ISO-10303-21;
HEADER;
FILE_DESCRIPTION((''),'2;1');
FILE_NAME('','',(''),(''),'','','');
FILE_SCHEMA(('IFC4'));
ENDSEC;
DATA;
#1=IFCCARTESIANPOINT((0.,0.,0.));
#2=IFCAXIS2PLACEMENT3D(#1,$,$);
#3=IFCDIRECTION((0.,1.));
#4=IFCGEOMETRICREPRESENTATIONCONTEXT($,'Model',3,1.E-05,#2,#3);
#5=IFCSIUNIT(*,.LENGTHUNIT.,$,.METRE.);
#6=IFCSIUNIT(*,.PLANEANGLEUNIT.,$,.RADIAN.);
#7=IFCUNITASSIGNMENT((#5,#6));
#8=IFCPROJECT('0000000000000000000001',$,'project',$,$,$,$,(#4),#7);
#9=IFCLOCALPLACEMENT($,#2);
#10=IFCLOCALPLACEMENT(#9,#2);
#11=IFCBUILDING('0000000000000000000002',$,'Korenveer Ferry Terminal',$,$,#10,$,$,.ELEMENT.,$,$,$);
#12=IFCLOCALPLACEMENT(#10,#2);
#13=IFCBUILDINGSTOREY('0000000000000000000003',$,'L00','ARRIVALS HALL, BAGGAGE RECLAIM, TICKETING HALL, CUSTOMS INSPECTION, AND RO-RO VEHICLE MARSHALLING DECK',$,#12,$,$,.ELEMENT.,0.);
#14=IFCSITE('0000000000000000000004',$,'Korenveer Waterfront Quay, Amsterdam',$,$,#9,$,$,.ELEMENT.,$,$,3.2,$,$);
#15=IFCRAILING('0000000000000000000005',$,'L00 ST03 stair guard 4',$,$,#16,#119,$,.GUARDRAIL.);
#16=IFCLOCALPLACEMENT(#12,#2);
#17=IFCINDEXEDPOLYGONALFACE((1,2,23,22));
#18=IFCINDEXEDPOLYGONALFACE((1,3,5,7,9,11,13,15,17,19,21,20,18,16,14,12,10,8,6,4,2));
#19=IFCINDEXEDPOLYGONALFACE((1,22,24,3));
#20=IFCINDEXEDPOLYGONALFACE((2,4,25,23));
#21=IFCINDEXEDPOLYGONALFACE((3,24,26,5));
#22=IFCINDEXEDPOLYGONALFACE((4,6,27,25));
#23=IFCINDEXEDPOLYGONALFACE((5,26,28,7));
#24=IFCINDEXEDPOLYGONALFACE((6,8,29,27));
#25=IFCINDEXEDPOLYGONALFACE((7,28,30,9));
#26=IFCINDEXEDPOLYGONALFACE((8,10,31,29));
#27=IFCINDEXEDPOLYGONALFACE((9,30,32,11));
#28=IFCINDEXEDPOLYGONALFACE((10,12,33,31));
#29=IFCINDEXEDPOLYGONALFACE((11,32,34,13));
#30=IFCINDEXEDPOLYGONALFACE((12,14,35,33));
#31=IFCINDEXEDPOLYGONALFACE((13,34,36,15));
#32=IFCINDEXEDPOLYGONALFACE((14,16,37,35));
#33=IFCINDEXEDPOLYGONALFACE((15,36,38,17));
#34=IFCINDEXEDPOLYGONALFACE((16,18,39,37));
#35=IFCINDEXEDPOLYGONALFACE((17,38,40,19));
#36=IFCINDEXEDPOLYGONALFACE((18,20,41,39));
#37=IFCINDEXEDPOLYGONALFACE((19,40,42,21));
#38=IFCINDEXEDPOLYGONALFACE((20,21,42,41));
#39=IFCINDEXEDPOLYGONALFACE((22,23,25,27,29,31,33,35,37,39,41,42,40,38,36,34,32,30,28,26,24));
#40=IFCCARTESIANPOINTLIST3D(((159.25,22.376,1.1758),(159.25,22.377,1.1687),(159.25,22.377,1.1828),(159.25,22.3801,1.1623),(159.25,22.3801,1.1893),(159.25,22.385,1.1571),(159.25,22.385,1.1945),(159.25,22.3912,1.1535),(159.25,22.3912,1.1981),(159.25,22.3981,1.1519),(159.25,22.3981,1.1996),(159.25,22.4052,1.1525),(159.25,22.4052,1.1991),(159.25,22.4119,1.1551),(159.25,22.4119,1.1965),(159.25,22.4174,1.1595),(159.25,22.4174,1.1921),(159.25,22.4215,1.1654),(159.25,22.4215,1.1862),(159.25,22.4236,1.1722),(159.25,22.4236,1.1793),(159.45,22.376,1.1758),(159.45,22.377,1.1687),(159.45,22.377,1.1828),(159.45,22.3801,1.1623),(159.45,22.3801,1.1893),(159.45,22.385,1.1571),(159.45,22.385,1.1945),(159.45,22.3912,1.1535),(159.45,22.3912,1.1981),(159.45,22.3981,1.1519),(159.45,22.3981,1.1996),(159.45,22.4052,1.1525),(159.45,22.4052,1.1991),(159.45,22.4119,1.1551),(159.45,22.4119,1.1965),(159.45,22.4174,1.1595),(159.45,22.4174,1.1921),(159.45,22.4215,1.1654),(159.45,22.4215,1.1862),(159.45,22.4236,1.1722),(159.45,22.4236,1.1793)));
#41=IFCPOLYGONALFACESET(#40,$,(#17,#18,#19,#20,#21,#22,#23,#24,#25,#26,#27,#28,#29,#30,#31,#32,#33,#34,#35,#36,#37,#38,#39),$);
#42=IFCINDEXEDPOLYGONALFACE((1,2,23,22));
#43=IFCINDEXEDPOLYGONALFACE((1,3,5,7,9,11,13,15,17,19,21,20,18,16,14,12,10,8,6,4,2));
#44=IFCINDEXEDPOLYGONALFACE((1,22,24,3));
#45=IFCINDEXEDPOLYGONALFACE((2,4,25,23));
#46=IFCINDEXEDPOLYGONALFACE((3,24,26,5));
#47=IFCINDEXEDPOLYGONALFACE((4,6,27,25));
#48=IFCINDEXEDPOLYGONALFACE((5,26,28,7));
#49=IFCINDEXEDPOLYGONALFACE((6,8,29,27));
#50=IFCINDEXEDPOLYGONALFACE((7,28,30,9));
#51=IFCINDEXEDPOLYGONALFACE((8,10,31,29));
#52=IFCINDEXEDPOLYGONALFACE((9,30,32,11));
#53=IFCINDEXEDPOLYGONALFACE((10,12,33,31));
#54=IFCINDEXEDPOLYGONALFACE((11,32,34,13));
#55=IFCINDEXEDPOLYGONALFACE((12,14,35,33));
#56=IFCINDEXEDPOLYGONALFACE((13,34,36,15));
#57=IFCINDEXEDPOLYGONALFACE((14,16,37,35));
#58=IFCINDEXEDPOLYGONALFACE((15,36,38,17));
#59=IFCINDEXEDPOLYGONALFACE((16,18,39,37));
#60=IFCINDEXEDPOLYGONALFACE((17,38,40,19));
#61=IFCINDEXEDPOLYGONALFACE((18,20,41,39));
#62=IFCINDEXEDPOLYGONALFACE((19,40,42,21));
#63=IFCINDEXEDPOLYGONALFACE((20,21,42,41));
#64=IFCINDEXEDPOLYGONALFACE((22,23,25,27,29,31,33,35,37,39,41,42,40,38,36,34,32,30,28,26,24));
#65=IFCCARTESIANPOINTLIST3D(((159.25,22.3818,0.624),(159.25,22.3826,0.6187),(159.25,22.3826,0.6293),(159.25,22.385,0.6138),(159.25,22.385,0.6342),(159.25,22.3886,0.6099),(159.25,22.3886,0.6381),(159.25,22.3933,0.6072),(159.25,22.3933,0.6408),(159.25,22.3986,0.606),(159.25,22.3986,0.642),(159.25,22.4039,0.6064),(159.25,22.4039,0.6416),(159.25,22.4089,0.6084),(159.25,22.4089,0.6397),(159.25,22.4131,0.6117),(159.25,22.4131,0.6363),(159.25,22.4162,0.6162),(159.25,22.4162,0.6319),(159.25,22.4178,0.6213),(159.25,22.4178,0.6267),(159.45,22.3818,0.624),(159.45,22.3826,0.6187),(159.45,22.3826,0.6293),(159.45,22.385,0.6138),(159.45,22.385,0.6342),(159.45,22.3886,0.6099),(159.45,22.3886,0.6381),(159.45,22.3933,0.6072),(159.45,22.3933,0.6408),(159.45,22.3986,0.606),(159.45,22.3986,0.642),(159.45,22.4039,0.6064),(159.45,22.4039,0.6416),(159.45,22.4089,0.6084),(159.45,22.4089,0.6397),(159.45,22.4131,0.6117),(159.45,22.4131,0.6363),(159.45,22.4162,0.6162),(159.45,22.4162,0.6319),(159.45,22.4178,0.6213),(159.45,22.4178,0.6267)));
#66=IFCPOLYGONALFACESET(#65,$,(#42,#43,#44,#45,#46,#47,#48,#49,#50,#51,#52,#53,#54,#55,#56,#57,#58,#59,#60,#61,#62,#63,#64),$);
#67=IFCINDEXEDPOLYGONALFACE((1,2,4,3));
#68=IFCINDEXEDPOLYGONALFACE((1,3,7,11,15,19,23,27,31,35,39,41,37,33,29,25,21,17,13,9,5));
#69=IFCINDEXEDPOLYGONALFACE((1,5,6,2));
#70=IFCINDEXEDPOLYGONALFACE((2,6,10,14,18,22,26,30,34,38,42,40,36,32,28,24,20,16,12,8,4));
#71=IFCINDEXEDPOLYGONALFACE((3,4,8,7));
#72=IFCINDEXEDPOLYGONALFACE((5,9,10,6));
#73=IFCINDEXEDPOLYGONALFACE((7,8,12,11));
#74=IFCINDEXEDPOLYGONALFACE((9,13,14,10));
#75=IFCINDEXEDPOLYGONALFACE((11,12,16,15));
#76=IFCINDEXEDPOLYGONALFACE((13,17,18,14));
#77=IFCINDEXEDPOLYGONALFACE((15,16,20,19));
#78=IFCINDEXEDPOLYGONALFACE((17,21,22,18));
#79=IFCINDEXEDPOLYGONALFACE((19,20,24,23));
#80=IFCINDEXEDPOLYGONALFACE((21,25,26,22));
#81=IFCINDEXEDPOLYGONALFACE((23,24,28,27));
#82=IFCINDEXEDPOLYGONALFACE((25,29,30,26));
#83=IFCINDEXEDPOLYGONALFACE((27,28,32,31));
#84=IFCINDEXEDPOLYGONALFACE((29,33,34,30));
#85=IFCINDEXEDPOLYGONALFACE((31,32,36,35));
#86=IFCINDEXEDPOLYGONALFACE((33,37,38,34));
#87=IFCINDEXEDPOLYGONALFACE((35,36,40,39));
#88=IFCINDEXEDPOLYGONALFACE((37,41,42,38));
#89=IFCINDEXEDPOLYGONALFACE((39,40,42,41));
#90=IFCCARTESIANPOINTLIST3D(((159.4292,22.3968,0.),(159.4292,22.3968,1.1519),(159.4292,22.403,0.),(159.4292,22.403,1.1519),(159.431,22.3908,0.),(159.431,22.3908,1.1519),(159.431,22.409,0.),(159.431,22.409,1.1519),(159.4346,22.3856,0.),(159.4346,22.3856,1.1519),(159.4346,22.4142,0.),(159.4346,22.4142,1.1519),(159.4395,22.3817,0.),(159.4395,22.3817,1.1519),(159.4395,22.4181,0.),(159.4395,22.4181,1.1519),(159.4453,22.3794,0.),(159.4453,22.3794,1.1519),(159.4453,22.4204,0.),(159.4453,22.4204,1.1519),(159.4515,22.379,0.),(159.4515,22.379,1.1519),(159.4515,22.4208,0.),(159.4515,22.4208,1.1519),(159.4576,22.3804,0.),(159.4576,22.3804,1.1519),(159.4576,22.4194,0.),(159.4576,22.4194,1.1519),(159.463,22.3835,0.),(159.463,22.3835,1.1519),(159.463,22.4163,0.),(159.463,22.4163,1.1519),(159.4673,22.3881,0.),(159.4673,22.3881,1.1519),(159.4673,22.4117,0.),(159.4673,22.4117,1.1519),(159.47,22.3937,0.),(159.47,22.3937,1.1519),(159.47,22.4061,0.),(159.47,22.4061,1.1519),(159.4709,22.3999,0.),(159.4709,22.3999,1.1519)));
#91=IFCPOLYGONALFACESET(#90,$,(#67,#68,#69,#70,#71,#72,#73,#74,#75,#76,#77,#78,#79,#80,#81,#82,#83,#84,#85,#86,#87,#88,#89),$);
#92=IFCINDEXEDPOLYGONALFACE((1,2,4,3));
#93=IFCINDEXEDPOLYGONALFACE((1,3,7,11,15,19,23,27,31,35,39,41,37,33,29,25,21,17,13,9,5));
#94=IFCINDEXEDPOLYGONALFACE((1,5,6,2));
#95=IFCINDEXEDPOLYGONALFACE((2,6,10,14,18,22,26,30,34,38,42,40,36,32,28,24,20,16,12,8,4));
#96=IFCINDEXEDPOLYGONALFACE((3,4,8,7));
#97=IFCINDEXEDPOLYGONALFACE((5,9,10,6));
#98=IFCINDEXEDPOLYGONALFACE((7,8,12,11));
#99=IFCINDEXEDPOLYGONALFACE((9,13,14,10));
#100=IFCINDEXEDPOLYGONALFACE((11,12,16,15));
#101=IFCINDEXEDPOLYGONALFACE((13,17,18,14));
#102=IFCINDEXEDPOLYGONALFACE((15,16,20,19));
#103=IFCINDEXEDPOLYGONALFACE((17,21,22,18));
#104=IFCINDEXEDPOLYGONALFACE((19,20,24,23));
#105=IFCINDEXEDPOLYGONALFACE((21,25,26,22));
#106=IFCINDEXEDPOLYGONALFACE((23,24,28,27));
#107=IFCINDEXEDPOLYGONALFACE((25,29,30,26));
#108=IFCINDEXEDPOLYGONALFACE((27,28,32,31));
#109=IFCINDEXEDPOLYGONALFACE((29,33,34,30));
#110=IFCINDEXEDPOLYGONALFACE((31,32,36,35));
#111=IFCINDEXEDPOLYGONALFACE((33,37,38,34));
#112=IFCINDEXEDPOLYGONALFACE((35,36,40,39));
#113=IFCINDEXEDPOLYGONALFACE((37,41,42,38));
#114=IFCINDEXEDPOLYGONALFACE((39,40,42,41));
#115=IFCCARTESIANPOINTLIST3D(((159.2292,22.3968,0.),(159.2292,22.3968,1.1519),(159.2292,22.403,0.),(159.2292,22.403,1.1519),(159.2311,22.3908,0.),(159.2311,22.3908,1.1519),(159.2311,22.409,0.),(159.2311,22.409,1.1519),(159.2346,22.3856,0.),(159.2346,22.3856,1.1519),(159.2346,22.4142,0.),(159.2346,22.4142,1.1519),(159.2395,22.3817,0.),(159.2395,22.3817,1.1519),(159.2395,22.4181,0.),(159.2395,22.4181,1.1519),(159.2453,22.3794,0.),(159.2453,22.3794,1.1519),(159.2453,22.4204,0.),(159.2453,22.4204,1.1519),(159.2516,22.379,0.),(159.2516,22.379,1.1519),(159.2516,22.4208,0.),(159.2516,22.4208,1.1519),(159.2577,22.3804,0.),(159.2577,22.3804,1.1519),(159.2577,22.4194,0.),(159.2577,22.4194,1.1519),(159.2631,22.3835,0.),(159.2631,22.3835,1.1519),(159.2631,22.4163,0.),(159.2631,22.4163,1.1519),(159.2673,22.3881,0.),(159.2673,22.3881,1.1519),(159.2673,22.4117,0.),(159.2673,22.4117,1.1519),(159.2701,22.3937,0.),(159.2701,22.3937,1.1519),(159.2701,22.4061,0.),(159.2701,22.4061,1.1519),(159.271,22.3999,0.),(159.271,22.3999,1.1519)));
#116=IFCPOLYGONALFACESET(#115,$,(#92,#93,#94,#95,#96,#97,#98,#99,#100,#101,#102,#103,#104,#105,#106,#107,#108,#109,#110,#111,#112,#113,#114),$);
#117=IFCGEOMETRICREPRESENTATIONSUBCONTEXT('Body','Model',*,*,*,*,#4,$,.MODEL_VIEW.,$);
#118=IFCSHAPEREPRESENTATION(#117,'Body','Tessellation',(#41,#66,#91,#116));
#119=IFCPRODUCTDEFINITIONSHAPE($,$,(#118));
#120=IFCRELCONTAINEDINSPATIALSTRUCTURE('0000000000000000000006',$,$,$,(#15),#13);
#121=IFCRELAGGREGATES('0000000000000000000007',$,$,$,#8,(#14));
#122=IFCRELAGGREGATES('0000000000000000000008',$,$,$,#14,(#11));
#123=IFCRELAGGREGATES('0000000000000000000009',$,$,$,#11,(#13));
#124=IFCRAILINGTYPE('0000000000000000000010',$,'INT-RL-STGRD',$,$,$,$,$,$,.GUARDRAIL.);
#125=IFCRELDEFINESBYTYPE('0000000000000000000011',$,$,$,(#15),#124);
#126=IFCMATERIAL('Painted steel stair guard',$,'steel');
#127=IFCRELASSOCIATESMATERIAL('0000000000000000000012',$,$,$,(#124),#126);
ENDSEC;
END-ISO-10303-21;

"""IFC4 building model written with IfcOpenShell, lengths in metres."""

from ifc_helpers import new_model, si_unit, direction, frame, origin, origin_2d, place, context, subcontext, project, spatial, circle, extrude, material, type_object, element, save


model = new_model("IFC4")

# Units and contexts
model_context = context("Model", 3, precision=1e-05, world=origin(), true_north=direction((0.0, 1.0)))
body_context = subcontext(model_context, "Body", "Model", "MODEL_VIEW")
ifc_project = project(units=[si_unit("LENGTHUNIT", "METRE"), si_unit("PLANEANGLEUNIT", "RADIAN")], contexts=[model_context])

# Site, building, storey
site_placement = place(None, origin())
site = spatial("IfcSite", under=ifc_project, at=site_placement, Name="Korenveer Waterfront Quay, Amsterdam", CompositionType="ELEMENT", RefElevation=3.2)
building_placement = place(site_placement, origin())
building = spatial("IfcBuilding", under=site, at=building_placement, Name="Korenveer Ferry Terminal", CompositionType="ELEMENT")
storey_placement = place(building_placement, origin())
storey = spatial("IfcBuildingStorey", under=building, at=storey_placement, Name="L00", Description="ARRIVALS HALL, BAGGAGE RECLAIM, TICKETING HALL, CUSTOMS INSPECTION, AND RO-RO VEHICLE MARSHALLING DECK", CompositionType="ELEMENT", Elevation=0.0)

# Railing
ifc_material_1 = material(Name="Painted steel stair guard", Category="steel")
railing_type_1 = type_object("IfcRailingType", Name="INT-RL-STGRD", PredefinedType="GUARDRAIL", material=ifc_material_1)
railing_1_placement = place(storey_placement, frame((159.45, 22.3999, 0.0)))
element("IfcRailing", 1, at=railing_1_placement, inside=storey, type_object=railing_type_1, Name="L00 ST03 stair guard 4", PredefinedType="GUARDRAIL", context=body_context, shape_type="SweptSolid", body=[
    extrude(circle(Radius=0.0239, at=origin_2d()), frame((0.0, 0.0, 1.1758), z_axis=(-1.0, 0.0, 0.0), x_axis=(0.0, -1.0, 0.0)), (0.0, 0.0, 1.0), 0.2),
    extrude(circle(Radius=0.0181, at=origin_2d()), frame((0.0, 0.0, 0.624), z_axis=(-1.0, 0.0, 0.0), x_axis=(0.0, -1.0, 0.0)), (0.0, 0.0, 1.0), 0.2),
    extrude(circle(Radius=0.021, at=origin_2d()), origin(), (0.0, 0.0, 1.0), 1.1519),
    extrude(circle(Radius=0.021, at=origin_2d()), frame((-0.2, 0.0, 0.0)), (0.0, 0.0, 1.0), 1.1519),
])

save(model, "model.ifc")
